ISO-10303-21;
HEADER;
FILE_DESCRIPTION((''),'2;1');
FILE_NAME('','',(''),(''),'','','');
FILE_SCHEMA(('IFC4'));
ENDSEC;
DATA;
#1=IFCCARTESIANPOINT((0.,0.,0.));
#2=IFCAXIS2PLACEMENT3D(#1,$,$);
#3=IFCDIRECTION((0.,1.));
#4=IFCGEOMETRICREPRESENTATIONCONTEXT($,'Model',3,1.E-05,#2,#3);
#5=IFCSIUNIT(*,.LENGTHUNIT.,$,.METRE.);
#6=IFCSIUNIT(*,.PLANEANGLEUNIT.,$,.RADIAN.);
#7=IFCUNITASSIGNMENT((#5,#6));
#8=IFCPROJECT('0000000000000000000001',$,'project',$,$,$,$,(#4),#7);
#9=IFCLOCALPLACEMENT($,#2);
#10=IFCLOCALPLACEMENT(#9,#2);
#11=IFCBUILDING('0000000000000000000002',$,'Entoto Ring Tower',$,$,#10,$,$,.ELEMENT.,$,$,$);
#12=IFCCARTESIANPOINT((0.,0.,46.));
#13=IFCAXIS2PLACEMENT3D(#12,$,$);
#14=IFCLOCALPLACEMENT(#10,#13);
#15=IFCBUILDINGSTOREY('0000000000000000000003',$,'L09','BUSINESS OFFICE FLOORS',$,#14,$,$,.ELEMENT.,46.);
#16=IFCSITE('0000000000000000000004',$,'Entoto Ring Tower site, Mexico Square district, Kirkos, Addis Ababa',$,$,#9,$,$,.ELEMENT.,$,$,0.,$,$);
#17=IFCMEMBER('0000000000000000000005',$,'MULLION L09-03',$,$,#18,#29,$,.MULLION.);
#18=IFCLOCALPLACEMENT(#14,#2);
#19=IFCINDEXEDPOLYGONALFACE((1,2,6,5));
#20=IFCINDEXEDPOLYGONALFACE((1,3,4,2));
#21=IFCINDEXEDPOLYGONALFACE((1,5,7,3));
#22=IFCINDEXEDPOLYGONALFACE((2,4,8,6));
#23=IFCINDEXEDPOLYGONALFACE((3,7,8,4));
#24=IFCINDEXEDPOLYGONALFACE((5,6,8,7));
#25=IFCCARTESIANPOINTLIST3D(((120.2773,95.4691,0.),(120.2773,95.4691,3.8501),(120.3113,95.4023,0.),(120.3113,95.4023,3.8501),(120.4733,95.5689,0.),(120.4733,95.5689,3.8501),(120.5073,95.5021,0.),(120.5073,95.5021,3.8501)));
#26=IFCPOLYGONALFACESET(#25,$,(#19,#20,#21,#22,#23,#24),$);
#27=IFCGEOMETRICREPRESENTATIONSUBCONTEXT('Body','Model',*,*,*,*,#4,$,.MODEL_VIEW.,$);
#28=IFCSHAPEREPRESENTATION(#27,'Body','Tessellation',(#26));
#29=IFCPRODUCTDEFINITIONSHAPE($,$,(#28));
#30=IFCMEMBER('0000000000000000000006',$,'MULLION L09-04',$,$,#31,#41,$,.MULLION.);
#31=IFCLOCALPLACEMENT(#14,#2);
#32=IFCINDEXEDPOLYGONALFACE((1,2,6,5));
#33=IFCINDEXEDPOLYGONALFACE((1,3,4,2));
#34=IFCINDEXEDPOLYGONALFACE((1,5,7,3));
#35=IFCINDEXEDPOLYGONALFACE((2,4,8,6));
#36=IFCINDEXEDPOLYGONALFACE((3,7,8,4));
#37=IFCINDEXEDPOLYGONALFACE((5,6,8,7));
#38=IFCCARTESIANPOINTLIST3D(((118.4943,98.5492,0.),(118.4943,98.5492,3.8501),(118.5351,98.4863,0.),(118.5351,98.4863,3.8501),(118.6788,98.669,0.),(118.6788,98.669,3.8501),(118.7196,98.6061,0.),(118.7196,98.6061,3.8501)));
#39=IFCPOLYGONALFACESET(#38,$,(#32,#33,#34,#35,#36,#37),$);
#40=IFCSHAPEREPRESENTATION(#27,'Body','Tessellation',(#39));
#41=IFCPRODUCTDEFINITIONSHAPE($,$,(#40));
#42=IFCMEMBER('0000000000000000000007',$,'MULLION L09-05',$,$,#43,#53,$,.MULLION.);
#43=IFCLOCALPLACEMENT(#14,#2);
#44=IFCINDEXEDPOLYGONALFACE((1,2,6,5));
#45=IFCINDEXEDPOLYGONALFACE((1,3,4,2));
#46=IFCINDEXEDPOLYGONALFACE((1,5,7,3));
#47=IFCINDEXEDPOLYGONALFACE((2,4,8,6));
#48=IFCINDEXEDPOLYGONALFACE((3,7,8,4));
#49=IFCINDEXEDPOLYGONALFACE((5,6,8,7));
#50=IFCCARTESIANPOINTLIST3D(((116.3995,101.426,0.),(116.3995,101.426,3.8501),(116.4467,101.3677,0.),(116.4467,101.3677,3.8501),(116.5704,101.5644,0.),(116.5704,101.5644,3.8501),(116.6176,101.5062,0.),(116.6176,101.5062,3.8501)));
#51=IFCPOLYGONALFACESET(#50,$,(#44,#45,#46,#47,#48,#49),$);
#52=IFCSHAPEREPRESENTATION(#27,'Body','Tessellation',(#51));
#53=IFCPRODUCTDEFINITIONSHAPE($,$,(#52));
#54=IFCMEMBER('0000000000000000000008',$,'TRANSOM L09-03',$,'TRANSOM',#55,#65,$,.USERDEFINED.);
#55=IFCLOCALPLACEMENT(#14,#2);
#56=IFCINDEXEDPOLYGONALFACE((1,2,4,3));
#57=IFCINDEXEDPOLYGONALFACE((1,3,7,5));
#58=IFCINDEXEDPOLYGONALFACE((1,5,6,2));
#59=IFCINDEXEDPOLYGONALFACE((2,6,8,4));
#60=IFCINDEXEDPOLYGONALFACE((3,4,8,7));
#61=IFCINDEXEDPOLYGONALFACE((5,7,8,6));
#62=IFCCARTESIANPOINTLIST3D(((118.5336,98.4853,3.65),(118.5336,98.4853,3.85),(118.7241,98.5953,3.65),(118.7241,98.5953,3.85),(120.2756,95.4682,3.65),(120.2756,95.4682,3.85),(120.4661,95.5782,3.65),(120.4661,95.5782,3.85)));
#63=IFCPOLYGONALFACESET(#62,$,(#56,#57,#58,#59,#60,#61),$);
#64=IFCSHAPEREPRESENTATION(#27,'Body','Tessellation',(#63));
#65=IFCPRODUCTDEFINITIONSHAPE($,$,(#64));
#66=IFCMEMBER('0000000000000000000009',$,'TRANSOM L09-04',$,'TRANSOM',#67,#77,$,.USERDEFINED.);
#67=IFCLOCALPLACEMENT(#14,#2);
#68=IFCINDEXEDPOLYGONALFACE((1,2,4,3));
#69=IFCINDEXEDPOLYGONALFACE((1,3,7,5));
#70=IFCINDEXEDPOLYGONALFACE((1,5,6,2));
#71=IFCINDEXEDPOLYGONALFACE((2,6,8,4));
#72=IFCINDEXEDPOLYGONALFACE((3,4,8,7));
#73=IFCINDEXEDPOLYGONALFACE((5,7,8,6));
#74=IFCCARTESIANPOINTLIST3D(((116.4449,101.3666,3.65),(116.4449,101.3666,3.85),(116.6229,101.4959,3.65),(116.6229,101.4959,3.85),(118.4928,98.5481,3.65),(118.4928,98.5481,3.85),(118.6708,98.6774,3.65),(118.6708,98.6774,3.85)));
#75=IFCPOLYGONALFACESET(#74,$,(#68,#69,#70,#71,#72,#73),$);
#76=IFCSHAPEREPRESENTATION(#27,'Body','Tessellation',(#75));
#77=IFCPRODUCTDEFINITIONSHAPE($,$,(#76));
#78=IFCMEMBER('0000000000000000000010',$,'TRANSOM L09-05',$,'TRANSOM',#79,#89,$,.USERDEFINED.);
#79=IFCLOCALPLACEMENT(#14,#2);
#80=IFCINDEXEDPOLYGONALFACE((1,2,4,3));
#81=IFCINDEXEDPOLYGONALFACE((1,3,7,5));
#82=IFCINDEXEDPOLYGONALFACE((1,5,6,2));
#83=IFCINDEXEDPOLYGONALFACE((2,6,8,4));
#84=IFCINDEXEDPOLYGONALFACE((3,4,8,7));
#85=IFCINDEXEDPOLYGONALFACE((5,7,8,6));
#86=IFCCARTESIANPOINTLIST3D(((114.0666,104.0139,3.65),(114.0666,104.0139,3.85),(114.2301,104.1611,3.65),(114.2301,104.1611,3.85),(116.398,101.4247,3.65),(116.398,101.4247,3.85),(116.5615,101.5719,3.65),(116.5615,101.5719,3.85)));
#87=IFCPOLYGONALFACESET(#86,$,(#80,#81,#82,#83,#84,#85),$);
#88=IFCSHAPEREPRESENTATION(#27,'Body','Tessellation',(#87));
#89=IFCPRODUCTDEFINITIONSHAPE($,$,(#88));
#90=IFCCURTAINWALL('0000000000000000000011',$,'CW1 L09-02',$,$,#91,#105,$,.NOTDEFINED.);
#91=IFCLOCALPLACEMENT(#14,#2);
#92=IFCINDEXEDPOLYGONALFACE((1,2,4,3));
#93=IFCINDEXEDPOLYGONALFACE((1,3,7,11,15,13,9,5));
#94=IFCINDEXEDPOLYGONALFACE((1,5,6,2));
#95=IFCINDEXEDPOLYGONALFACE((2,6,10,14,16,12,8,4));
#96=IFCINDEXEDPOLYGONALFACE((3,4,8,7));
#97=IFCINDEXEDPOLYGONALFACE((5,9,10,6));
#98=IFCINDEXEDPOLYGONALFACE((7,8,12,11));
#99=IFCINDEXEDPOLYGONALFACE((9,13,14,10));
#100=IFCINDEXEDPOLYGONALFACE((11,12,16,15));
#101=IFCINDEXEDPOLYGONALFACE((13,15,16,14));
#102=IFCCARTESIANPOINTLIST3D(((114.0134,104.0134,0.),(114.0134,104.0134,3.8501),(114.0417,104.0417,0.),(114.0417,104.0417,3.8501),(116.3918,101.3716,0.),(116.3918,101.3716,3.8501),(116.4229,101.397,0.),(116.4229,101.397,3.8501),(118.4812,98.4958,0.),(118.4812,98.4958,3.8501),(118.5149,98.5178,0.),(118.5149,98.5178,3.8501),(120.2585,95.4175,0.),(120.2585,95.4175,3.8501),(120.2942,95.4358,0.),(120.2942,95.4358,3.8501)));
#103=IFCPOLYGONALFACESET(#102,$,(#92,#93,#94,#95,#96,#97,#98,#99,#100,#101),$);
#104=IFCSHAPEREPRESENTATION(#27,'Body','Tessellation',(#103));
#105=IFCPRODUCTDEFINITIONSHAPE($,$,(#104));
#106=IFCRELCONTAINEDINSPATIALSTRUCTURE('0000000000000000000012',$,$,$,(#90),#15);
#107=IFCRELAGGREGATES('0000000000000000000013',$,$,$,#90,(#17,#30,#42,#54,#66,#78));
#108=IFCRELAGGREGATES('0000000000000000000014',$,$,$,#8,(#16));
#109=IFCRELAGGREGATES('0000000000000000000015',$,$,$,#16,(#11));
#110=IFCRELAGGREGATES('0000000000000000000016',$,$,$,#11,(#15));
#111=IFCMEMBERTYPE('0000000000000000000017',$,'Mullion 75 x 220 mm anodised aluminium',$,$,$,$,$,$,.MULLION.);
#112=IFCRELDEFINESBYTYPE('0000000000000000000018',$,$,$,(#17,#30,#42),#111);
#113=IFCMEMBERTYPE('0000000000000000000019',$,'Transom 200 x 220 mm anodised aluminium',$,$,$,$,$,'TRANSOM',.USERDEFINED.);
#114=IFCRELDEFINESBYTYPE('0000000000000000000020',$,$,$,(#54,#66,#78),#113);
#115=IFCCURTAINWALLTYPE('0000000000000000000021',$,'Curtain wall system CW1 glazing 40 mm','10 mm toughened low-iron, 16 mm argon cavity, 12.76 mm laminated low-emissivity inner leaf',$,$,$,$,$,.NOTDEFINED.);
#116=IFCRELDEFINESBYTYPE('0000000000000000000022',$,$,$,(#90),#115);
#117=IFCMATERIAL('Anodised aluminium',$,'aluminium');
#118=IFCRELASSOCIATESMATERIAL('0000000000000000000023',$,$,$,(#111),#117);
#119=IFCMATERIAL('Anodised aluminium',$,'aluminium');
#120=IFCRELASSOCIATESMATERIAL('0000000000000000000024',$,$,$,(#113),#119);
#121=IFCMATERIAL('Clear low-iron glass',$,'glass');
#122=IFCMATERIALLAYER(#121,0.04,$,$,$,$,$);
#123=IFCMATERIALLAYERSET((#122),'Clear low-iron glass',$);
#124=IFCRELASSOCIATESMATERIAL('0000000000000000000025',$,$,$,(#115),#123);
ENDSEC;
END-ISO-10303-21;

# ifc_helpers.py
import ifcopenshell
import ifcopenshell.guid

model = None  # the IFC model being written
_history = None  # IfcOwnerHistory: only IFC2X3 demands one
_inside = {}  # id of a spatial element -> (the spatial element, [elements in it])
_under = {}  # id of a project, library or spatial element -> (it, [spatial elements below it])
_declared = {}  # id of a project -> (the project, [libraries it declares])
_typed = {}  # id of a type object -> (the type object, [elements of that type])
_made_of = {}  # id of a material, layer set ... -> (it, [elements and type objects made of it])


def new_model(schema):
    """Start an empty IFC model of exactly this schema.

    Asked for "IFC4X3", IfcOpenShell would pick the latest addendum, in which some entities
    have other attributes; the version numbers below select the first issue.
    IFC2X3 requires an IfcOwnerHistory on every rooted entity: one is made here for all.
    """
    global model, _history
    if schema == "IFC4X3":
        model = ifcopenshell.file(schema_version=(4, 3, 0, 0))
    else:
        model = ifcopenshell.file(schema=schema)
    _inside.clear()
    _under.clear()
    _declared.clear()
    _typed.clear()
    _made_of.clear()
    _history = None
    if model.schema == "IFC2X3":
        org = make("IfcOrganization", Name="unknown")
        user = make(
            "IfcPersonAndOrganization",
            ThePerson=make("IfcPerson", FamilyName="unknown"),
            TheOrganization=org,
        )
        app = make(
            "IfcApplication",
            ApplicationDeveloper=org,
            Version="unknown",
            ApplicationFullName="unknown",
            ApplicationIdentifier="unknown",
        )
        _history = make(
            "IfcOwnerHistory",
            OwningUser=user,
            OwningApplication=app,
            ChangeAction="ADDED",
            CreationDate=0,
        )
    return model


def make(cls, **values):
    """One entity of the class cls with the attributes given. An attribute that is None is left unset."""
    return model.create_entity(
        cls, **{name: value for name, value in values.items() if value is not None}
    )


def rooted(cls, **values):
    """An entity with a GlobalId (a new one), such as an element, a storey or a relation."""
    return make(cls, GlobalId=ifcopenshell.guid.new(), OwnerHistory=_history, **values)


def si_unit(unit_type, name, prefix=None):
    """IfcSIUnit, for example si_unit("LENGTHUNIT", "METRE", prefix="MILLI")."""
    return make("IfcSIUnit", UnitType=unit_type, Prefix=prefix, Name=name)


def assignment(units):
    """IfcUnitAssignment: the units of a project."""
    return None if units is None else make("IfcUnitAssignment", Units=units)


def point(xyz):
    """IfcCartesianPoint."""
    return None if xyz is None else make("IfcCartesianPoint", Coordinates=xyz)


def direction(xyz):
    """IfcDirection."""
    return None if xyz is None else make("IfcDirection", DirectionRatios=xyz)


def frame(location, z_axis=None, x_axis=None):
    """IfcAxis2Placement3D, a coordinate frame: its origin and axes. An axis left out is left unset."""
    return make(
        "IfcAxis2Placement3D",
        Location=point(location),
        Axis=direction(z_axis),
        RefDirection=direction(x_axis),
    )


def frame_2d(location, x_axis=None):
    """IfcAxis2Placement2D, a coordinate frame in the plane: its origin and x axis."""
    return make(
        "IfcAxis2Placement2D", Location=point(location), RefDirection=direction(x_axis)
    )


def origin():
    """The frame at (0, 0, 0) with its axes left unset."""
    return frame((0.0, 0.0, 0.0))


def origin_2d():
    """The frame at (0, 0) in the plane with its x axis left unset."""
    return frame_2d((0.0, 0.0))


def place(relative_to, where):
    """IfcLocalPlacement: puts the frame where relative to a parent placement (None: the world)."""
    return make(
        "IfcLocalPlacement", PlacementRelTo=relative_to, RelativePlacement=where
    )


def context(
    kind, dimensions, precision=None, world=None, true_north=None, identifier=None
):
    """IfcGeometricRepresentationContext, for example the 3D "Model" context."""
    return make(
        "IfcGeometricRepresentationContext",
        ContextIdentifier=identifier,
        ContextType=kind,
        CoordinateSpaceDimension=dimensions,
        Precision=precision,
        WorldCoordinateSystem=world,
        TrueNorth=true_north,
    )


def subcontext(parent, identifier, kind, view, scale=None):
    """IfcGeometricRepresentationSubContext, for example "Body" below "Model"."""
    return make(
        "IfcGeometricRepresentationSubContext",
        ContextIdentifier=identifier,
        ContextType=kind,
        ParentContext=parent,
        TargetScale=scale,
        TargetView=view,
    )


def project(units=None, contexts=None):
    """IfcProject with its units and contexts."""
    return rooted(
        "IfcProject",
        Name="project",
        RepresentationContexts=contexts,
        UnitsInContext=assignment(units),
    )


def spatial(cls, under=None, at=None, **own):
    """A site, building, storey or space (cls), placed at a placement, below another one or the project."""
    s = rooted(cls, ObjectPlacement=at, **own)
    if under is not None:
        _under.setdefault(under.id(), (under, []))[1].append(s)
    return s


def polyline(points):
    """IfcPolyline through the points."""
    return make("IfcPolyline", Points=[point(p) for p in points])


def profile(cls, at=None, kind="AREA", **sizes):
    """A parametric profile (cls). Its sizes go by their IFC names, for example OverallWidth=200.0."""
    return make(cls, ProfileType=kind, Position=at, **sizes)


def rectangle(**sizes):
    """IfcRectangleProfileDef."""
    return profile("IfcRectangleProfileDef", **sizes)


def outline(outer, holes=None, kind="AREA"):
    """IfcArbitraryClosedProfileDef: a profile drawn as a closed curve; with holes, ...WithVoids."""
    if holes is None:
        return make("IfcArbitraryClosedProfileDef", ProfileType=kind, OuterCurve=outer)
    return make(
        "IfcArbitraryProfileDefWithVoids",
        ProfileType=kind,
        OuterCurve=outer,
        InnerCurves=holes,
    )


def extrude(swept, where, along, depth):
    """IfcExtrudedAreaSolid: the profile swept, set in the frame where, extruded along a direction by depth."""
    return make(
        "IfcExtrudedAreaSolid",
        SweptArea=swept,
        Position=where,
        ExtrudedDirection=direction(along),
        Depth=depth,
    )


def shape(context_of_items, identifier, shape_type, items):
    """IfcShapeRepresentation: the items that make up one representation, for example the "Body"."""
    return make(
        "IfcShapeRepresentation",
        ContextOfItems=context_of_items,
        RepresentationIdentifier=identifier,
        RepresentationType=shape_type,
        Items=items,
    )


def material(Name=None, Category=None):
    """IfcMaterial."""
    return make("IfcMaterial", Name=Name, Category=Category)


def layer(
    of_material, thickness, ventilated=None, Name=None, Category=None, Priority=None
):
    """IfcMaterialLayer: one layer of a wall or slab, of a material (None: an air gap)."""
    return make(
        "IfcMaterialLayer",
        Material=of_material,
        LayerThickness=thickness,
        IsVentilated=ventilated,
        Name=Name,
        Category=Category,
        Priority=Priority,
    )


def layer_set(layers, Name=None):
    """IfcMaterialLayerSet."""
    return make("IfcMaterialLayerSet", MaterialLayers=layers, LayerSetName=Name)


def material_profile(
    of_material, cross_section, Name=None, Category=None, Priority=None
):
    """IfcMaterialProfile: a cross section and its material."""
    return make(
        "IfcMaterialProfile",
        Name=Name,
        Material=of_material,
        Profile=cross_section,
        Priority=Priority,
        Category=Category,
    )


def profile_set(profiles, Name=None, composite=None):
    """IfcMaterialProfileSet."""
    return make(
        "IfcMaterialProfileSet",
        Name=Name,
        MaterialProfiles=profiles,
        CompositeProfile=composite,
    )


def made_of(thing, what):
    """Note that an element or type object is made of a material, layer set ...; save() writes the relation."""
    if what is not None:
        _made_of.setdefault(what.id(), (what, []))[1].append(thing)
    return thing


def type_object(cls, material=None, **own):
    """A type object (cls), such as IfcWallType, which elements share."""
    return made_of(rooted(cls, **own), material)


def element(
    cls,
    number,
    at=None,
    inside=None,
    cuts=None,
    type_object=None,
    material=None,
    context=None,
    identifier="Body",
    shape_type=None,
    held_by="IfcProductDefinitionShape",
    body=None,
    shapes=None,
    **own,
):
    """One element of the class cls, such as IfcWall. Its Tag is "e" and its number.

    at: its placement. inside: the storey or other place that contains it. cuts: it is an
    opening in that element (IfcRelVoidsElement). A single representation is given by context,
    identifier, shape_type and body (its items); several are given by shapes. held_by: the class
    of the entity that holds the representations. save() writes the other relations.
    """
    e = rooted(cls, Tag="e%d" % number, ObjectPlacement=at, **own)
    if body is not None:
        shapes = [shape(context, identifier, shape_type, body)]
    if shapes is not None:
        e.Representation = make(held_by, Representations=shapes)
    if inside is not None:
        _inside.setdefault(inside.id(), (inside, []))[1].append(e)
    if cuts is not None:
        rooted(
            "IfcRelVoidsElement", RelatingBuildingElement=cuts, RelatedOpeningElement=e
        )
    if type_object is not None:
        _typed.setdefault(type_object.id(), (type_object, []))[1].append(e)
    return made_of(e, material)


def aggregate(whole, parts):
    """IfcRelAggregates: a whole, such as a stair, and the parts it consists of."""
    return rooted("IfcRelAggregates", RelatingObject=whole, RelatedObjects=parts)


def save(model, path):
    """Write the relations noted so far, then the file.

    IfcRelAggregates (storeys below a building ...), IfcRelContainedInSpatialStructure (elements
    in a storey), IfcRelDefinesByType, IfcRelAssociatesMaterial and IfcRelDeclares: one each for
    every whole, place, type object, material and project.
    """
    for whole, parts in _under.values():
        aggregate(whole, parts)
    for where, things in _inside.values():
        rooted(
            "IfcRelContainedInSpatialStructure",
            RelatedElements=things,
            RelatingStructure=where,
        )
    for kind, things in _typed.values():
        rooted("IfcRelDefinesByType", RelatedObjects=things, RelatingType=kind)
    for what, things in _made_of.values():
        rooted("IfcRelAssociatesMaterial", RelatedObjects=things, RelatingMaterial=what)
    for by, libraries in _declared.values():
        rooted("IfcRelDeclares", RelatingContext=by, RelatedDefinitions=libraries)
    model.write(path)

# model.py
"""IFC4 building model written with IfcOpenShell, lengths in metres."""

from ifc_helpers import new_model, si_unit, direction, frame, origin, origin_2d, place, context, subcontext, project, spatial, polyline, rectangle, outline, extrude, material, layer, layer_set, material_profile, profile_set, type_object, element, aggregate, save


model = new_model("IFC4")

# Units and contexts
model_context = context("Model", 3, precision=1e-05, world=origin(), true_north=direction((0.0, 1.0)))
body_context = subcontext(model_context, "Body", "Model", "MODEL_VIEW")
ifc_project = project(units=[si_unit("LENGTHUNIT", "METRE"), si_unit("PLANEANGLEUNIT", "RADIAN")], contexts=[model_context])

# Members
ifc_material_1 = material(Name="Anodised aluminium", Category="aluminium")
ifc_material_profile_1 = material_profile(ifc_material_1, rectangle(XDim=0.075, YDim=0.22, at=origin_2d()), Name="Mullion 75 x 220 mm anodised aluminium")
ifc_profile_set_1 = profile_set([ifc_material_profile_1], Name="Anodised aluminium")
member_type_1 = type_object("IfcMemberType", Name="Mullion 75 x 220 mm anodised aluminium", PredefinedType="MULLION", material=ifc_profile_set_1)
site_placement = place(None, origin())
building_placement = place(site_placement, origin())
storey_placement = place(building_placement, frame((0.0, 0.0, 46.0)))
member_1_placement = place(storey_placement, frame((120.3923, 95.4856, 0.0), z_axis=(0.0, 0.0, 1.0), x_axis=(-0.45399, 0.891007, 0.0)))
member_1 = element("IfcMember", 1, at=member_1_placement, type_object=member_type_1, Name="MULLION L09-03", PredefinedType="MULLION", context=body_context, shape_type="SweptSolid", body=[
    extrude(rectangle(XDim=0.075, YDim=0.22, at=origin_2d()), origin(), (0.0, 0.0, 1.0), 3.8501),
])
member_2_placement = place(storey_placement, frame((118.6069, 98.5776, 0.0), z_axis=(0.0, 0.0, 1.0), x_axis=(-0.544639, 0.838671, 0.0)))
member_2 = element("IfcMember", 2, at=member_2_placement, type_object=member_type_1, Name="MULLION L09-04", PredefinedType="MULLION", context=body_context, shape_type="SweptSolid", body=[
    extrude(rectangle(XDim=0.075, YDim=0.22, at=origin_2d()), origin(), (0.0, 0.0, 1.0), 3.8501),
])
member_3_placement = place(storey_placement, frame((116.5085, 101.4661, 0.0), z_axis=(0.0, 0.0, 1.0), x_axis=(-0.62932, 0.777146, 0.0)))
member_3 = element("IfcMember", 3, at=member_3_placement, type_object=member_type_1, Name="MULLION L09-05", PredefinedType="MULLION", context=body_context, shape_type="SweptSolid", body=[
    extrude(rectangle(XDim=0.075, YDim=0.22, at=origin_2d()), origin(), (0.0, 0.0, 1.0), 3.8501),
])
ifc_material_2 = material(Name="Anodised aluminium", Category="aluminium")
ifc_material_profile_2 = material_profile(ifc_material_2, rectangle(XDim=0.22, YDim=0.2, at=origin_2d()), Name="Transom 200 x 220 mm anodised aluminium")
ifc_profile_set_2 = profile_set([ifc_material_profile_2], Name="Anodised aluminium")
member_type_2 = type_object("IfcMemberType", Name="Transom 200 x 220 mm anodised aluminium", ElementType="TRANSOM", PredefinedType="USERDEFINED", material=ifc_profile_set_2)
member_4_placement = place(storey_placement, frame((120.3708, 95.5232, 3.75), z_axis=(-0.500006, 0.866022, 0.0), x_axis=(-0.866022, -0.500006, 0.0)))
member_4 = element("IfcMember", 4, at=member_4_placement, type_object=member_type_2, Name="TRANSOM L09-03", ObjectType="TRANSOM", PredefinedType="USERDEFINED", context=body_context, shape_type="SweptSolid", body=[
    extrude(rectangle(XDim=0.22, YDim=0.2, at=origin_2d()), origin(), (0.0, 0.0, 1.0), 3.4839),
])
member_5_placement = place(storey_placement, frame((118.5818, 98.6128, 3.75), z_axis=(-0.587822, 0.808991, 0.0), x_axis=(-0.808991, -0.587822, 0.0)))
member_5 = element("IfcMember", 5, at=member_5_placement, type_object=member_type_2, Name="TRANSOM L09-04", ObjectType="TRANSOM", PredefinedType="USERDEFINED", context=body_context, shape_type="SweptSolid", body=[
    extrude(rectangle(XDim=0.22, YDim=0.2, at=origin_2d()), origin(), (0.0, 0.0, 1.0), 3.4839),
])
member_6_placement = place(storey_placement, frame((116.4797, 101.4983, 3.75), z_axis=(-0.669139, 0.743137, 0.0), x_axis=(-0.743137, -0.669139, 0.0)))
member_6 = element("IfcMember", 6, at=member_6_placement, type_object=member_type_2, Name="TRANSOM L09-05", ObjectType="TRANSOM", PredefinedType="USERDEFINED", context=body_context, shape_type="SweptSolid", body=[
    extrude(rectangle(XDim=0.22, YDim=0.2, at=origin_2d()), origin(), (0.0, 0.0, 1.0), 3.4841),
])

# Site, building, storey
site = spatial("IfcSite", under=ifc_project, at=site_placement, Name="Entoto Ring Tower site, Mexico Square district, Kirkos, Addis Ababa", CompositionType="ELEMENT", RefElevation=0.0)
building = spatial("IfcBuilding", under=site, at=building_placement, Name="Entoto Ring Tower", CompositionType="ELEMENT")
storey = spatial("IfcBuildingStorey", under=building, at=storey_placement, Name="L09", Description="BUSINESS OFFICE FLOORS", CompositionType="ELEMENT", Elevation=46.0)

# Curtain wall
ifc_material_3 = material(Name="Clear low-iron glass", Category="glass")
ifc_layer_1 = layer(ifc_material_3, 0.04)
ifc_layer_set_1 = layer_set([ifc_layer_1], Name="Clear low-iron glass")
curtain_wall_type = type_object("IfcCurtainWallType", Name="Curtain wall system CW1 glazing 40 mm", Description="10 mm toughened low-iron, 16 mm argon cavity, 12.76 mm laminated low-emissivity inner leaf", PredefinedType="NOTDEFINED", material=ifc_layer_set_1)
curtain_wall_1_placement = place(storey_placement, origin())
curtain_wall_1 = element("IfcCurtainWall", 7, at=curtain_wall_1_placement, inside=storey, type_object=curtain_wall_type, Name="CW1 L09-02", PredefinedType="NOTDEFINED", context=body_context, shape_type="SweptSolid", body=[
    extrude(outline(polyline([(120.2942, 95.4358), (118.5149, 98.5178), (116.4229, 101.397), (114.0417, 104.0417), (114.0134, 104.0134), (116.3918, 101.3716), (118.4812, 98.4958), (120.2585, 95.4175), (120.2942, 95.4358)])), origin(), (0.0, 0.0, 1.0), 3.8501),
])
aggregate(curtain_wall_1, [member_1, member_2, member_3, member_4, member_5, member_6])

save(model, "model.ifc")
